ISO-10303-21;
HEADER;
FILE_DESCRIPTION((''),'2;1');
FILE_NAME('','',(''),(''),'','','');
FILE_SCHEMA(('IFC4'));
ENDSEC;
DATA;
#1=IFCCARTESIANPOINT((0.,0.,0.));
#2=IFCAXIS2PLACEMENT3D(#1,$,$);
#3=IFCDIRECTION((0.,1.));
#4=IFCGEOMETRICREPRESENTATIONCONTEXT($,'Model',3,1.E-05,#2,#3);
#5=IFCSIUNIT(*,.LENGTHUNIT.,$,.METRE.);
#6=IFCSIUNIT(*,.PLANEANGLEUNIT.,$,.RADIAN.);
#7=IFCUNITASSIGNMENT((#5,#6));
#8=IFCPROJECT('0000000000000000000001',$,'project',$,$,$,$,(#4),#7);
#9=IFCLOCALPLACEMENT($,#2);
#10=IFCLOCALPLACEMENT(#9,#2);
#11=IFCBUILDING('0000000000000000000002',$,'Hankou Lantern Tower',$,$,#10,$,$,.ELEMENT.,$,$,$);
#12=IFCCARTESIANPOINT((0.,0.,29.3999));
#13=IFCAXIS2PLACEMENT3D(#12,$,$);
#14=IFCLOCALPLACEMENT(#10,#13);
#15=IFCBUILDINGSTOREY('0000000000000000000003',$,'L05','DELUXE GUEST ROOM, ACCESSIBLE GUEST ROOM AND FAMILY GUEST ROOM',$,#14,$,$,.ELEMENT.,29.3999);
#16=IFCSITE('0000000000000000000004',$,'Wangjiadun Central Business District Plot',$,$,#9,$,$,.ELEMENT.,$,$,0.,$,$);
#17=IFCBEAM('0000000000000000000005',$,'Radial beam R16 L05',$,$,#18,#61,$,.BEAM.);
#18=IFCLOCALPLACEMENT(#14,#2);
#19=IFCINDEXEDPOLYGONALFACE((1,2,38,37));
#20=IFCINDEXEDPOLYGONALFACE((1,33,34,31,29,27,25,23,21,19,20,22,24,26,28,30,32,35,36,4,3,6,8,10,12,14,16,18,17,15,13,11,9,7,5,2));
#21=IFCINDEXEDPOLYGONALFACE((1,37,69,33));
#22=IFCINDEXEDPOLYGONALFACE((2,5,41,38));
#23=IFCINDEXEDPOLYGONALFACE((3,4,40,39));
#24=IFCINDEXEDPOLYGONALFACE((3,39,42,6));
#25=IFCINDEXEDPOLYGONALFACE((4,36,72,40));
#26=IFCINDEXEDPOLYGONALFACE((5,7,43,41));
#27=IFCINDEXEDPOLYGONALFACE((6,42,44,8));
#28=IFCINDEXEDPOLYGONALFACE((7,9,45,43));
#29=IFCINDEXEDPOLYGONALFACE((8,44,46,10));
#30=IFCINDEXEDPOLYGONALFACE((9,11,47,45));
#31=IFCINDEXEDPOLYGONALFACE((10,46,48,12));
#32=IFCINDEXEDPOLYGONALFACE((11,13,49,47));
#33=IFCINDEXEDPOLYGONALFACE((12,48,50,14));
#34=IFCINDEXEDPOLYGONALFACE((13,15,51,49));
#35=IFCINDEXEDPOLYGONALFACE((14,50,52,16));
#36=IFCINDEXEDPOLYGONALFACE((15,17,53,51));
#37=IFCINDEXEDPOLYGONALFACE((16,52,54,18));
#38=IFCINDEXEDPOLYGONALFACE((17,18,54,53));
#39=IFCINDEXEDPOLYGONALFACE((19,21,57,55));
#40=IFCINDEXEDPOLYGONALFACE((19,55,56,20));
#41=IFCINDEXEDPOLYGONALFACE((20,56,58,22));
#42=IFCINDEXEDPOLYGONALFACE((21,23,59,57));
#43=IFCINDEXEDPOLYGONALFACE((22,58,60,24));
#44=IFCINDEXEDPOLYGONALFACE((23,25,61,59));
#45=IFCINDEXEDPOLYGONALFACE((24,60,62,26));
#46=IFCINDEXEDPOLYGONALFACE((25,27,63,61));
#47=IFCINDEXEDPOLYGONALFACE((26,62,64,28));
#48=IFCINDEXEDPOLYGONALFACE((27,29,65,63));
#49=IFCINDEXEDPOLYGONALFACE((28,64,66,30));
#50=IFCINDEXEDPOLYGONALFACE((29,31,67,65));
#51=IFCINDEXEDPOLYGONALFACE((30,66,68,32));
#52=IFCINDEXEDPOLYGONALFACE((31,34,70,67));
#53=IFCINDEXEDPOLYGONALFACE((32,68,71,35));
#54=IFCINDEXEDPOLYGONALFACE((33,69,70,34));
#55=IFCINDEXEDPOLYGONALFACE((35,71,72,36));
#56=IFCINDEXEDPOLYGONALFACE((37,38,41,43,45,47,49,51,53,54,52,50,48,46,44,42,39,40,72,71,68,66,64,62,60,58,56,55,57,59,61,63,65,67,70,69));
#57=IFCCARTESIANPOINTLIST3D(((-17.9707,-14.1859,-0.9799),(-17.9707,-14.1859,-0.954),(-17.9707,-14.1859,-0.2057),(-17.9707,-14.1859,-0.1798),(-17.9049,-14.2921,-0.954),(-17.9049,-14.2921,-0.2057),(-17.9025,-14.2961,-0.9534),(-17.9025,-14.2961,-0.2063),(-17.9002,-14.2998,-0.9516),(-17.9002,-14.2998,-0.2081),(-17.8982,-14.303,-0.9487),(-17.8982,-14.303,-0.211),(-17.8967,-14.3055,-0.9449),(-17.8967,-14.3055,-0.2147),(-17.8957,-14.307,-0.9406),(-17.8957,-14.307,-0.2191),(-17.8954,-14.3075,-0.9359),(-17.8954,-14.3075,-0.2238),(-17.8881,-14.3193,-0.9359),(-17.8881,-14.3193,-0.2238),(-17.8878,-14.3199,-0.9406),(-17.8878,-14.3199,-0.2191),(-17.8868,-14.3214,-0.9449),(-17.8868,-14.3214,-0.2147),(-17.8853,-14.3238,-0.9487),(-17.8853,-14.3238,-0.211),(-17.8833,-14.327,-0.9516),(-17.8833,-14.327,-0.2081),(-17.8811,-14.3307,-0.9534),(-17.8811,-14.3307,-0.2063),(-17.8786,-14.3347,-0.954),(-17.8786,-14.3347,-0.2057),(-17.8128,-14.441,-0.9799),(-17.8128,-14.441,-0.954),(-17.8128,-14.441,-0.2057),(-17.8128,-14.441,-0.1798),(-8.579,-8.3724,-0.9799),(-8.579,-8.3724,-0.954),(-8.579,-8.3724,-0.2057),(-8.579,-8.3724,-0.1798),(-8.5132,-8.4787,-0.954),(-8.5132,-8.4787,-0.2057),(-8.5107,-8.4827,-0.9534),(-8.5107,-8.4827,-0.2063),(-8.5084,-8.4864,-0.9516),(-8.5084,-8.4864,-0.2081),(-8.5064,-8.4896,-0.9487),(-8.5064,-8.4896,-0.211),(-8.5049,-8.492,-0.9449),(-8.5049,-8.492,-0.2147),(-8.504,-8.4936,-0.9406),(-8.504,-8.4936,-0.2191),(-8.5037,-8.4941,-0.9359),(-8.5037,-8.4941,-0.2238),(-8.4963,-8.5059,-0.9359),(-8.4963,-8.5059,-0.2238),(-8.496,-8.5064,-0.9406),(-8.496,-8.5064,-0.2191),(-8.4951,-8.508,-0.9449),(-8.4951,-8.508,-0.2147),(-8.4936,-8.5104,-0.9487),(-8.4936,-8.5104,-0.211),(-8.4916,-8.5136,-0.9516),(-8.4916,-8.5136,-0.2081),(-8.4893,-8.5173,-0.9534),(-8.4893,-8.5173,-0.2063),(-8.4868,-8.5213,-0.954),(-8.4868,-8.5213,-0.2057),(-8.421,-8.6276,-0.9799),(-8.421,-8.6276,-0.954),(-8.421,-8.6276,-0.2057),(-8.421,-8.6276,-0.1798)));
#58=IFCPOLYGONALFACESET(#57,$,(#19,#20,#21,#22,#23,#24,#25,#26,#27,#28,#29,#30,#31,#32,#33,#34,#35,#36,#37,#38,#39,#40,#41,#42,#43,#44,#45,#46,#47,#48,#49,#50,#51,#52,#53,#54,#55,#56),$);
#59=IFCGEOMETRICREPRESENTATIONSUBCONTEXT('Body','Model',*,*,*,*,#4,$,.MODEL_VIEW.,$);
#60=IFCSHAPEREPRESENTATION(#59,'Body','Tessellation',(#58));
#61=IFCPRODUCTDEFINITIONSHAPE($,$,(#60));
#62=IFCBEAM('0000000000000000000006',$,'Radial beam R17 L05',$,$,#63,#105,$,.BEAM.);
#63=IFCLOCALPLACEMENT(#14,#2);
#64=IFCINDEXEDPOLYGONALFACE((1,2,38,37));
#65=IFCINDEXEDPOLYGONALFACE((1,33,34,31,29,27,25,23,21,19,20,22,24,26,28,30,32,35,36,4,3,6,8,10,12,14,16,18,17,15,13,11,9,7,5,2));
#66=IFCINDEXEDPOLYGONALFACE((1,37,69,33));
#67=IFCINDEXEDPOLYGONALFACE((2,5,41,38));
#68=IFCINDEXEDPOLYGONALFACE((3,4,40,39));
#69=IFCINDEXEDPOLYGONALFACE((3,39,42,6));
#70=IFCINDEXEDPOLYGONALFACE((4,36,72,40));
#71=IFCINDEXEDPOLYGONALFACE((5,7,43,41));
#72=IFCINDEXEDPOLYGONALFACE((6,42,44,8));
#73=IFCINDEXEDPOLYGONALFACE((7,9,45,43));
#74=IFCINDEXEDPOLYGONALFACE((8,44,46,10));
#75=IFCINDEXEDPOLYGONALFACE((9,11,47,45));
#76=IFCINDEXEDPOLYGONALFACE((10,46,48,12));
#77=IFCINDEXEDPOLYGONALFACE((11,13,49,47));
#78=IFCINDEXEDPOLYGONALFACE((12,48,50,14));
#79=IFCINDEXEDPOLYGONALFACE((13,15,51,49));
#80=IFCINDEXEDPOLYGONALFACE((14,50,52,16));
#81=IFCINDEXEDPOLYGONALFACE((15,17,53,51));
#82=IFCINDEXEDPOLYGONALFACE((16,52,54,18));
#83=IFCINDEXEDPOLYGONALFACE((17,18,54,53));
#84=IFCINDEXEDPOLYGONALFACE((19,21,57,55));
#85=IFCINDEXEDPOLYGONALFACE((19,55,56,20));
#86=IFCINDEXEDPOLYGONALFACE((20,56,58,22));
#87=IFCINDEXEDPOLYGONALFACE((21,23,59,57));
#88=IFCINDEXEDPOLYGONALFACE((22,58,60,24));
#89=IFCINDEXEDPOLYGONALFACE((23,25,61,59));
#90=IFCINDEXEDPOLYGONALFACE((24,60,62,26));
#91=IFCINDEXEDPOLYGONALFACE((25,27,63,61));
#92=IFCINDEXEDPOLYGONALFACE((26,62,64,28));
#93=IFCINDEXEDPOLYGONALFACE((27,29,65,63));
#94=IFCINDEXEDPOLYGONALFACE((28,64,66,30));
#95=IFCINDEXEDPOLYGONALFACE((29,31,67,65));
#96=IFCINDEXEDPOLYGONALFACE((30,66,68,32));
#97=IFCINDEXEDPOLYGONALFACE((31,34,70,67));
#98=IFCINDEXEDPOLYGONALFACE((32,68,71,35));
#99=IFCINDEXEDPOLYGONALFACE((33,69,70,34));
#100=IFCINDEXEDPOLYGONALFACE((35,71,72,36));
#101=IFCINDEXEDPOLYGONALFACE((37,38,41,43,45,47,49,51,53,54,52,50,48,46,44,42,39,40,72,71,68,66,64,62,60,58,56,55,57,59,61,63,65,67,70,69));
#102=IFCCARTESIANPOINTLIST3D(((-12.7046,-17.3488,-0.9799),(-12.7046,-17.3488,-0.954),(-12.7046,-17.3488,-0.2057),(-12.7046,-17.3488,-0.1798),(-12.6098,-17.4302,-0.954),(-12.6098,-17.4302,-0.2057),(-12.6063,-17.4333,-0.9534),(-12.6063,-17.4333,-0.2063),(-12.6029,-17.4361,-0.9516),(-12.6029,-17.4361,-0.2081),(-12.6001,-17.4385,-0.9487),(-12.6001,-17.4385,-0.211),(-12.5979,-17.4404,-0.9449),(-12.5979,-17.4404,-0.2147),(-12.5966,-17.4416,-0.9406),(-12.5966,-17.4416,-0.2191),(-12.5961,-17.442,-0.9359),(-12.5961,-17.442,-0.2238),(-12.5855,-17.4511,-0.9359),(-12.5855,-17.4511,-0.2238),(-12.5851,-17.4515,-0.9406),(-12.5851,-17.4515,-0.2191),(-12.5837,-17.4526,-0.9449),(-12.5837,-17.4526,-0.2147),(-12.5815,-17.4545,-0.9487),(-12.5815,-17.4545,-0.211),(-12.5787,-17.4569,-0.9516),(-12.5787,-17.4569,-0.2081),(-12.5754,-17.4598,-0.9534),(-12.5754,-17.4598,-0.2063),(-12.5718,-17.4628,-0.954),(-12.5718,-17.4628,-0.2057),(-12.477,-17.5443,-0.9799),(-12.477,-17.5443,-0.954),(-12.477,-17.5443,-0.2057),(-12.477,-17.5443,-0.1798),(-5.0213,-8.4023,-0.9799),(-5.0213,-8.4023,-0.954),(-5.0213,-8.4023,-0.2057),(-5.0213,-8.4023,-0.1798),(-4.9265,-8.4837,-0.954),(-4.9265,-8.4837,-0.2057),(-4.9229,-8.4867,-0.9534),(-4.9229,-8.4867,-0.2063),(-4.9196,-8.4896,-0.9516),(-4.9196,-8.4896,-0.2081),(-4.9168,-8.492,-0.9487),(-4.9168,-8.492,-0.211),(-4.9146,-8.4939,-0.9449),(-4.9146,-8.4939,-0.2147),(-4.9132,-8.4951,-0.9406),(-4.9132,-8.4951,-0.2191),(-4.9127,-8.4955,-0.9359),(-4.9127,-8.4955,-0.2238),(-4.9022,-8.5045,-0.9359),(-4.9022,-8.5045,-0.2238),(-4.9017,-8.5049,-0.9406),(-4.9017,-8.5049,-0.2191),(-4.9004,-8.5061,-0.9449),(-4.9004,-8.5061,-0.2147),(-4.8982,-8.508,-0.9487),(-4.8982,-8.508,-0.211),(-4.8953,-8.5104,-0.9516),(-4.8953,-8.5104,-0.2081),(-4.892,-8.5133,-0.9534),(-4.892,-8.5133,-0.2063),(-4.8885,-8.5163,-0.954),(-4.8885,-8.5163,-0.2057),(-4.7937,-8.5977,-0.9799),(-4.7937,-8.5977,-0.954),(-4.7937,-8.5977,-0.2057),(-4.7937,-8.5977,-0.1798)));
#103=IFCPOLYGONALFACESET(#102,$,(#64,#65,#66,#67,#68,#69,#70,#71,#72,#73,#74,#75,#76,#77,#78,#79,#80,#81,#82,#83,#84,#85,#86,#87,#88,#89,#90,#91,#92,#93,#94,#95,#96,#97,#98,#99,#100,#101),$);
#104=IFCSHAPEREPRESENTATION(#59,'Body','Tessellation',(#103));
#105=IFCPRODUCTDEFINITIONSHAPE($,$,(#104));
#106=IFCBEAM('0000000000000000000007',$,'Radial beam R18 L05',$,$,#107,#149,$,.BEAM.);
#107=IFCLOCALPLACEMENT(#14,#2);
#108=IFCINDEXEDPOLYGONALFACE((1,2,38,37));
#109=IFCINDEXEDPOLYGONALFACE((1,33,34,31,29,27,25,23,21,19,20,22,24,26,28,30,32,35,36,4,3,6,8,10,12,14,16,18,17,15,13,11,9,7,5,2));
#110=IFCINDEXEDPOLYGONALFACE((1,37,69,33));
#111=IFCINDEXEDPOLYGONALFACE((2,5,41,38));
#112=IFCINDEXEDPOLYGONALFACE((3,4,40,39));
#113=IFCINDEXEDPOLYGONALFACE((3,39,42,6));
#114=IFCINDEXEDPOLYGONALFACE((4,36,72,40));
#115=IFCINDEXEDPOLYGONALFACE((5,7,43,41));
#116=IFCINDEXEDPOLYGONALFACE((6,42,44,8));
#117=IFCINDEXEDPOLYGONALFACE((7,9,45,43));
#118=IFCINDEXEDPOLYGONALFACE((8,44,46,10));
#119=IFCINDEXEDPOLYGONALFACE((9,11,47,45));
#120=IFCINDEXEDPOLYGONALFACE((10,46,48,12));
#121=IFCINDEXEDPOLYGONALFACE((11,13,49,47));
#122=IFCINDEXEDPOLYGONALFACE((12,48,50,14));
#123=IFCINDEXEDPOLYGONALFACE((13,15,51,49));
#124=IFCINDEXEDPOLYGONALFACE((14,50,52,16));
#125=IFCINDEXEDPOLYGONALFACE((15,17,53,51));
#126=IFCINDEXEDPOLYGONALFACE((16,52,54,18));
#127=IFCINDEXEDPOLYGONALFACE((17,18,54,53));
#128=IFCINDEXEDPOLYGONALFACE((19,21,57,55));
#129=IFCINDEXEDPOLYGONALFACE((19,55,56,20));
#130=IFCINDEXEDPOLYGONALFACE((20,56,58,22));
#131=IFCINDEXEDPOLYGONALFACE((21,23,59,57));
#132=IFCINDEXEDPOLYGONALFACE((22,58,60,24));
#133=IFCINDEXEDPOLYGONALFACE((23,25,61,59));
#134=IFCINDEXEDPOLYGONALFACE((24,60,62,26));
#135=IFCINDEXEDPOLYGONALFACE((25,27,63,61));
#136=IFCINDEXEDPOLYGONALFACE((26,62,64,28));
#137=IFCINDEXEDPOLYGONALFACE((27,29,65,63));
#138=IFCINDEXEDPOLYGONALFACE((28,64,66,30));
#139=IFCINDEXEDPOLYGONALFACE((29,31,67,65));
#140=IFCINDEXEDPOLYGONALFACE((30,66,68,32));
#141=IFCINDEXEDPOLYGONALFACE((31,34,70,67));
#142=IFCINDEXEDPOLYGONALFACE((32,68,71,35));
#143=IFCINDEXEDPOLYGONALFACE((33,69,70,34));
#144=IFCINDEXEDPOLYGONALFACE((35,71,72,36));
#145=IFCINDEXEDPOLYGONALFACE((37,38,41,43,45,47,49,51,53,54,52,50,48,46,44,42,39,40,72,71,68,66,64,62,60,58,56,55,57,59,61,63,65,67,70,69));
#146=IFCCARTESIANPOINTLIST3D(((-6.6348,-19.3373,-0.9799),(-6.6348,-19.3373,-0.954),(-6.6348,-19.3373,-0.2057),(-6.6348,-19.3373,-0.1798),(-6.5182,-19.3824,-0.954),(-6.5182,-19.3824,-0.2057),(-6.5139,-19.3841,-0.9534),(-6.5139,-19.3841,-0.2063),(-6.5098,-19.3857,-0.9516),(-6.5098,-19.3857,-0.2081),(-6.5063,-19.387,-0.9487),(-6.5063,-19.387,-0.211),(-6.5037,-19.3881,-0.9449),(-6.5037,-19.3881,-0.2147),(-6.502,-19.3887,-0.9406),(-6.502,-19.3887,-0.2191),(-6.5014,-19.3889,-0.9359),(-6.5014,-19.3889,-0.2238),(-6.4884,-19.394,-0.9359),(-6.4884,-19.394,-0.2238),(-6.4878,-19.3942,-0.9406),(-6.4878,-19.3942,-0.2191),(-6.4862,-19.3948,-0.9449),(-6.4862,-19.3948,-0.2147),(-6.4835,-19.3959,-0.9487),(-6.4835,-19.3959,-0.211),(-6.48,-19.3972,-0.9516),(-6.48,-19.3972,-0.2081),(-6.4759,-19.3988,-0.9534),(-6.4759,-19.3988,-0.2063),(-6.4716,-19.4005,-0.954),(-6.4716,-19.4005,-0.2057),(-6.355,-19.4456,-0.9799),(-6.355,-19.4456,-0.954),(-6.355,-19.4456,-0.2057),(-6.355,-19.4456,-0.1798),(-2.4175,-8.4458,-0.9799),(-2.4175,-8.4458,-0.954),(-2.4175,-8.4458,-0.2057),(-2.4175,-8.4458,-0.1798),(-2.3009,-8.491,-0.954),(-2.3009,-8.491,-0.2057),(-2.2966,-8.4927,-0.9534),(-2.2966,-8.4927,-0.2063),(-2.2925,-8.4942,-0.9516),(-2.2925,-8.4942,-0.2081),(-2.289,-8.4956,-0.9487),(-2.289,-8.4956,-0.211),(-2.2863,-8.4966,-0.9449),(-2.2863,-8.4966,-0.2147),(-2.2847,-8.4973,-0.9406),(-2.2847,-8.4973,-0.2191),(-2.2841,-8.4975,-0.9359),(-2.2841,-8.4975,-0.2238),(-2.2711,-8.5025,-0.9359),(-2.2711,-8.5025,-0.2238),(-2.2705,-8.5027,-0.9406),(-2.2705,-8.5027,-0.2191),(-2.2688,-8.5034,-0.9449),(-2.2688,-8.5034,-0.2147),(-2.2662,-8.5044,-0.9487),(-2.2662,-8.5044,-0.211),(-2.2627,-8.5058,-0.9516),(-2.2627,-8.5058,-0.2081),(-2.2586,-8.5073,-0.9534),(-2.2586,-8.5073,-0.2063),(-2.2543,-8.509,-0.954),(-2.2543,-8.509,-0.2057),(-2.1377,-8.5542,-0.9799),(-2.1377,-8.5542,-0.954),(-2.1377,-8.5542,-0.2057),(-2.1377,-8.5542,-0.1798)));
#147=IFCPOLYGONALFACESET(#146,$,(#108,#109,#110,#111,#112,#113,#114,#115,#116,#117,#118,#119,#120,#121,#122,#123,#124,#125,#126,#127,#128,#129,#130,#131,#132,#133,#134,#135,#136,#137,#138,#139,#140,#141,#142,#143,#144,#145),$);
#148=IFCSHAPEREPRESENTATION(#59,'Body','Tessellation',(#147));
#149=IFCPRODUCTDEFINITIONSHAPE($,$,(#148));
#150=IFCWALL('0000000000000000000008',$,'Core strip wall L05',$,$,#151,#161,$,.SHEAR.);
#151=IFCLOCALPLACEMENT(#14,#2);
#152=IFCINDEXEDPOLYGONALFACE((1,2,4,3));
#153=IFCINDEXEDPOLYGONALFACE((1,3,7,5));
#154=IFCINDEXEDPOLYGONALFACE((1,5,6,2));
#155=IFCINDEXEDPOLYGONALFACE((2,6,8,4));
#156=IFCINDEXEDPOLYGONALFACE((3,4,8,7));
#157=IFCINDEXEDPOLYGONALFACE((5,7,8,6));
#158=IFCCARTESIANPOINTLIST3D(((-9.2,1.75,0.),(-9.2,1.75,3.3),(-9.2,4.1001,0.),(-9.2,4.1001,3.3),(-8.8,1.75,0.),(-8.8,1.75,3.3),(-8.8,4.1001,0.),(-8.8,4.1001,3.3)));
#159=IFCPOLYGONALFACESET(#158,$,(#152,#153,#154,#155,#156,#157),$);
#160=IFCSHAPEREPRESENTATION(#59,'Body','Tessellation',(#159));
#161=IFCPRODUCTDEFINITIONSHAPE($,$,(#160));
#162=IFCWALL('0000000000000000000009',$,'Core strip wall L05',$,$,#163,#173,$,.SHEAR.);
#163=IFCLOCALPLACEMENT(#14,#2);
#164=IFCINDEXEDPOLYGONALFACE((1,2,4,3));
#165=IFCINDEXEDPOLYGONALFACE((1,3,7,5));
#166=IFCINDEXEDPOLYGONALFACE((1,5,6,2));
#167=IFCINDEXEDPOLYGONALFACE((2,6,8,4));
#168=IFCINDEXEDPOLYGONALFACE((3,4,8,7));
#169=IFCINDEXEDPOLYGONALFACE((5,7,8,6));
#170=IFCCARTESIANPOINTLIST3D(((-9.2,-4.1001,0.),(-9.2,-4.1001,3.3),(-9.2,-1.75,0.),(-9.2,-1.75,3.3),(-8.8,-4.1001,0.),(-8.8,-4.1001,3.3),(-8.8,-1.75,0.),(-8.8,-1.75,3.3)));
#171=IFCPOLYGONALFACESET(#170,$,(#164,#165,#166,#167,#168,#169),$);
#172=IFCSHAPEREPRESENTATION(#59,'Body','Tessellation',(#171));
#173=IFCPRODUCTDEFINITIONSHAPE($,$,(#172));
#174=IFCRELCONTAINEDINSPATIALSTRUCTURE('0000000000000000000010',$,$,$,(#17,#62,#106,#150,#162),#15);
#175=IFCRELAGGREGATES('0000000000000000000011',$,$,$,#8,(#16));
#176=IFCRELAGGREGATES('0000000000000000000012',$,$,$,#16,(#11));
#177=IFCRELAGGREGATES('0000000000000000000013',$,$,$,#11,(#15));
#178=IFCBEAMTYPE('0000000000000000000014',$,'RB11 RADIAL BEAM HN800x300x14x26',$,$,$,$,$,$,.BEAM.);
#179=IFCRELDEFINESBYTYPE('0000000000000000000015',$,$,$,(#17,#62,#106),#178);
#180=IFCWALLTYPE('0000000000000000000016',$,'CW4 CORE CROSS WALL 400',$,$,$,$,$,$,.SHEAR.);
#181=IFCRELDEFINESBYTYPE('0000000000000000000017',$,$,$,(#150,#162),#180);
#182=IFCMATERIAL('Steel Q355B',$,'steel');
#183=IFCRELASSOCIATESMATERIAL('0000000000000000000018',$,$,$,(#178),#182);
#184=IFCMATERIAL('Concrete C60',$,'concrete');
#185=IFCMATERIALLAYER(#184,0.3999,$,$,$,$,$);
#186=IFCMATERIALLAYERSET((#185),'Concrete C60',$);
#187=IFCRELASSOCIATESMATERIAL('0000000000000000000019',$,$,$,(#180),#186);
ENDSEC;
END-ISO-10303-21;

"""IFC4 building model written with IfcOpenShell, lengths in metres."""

from ifc_helpers import new_model, si_unit, direction, frame, frame_2d, origin, origin_2d, place, context, subcontext, project, spatial, rectangle, i_section, extrude, material, layer, layer_set, material_profile, profile_set, type_object, element, save


model = new_model("IFC4")

# Units and contexts
model_context = context("Model", 3, precision=1e-05, world=origin(), true_north=direction((0.0, 1.0)))
body_context = subcontext(model_context, "Body", "Model", "MODEL_VIEW")
ifc_project = project(units=[si_unit("LENGTHUNIT", "METRE"), si_unit("PLANEANGLEUNIT", "RADIAN")], contexts=[model_context])

# Site, building, storey
site_placement = place(None, origin())
site = spatial("IfcSite", under=ifc_project, at=site_placement, Name="Wangjiadun Central Business District Plot", CompositionType="ELEMENT", RefElevation=0.0)
building_placement = place(site_placement, origin())
building = spatial("IfcBuilding", under=site, at=building_placement, Name="Hankou Lantern Tower", CompositionType="ELEMENT")
storey_placement = place(building_placement, frame((0.0, 0.0, 29.3999)))
storey = spatial("IfcBuildingStorey", under=building, at=storey_placement, Name="L05", Description="DELUXE GUEST ROOM, ACCESSIBLE GUEST ROOM AND FAMILY GUEST ROOM", CompositionType="ELEMENT", Elevation=29.3999)

# Beams
ifc_material_1 = material(Name="Steel Q355B", Category="steel")
ifc_material_profile = material_profile(ifc_material_1, i_section(OverallWidth=0.3, OverallDepth=0.8, WebThickness=0.0139, FlangeThickness=0.0259, FilletRadius=0.0181, at=origin_2d()), Name="HN800x300x14x26")
ifc_profile_set = profile_set([ifc_material_profile], Name="Steel Q355B")
beam_type = type_object("IfcBeamType", Name="RB11 RADIAL BEAM HN800x300x14x26", PredefinedType="BEAM", material=ifc_profile_set)
beam_1_placement = place(storey_placement, frame((-8.5, -8.5, -0.5798), z_axis=(-0.850286, -0.52632, 0.0), x_axis=(0.52632, -0.850286, 0.0)))
element("IfcBeam", 1, at=beam_1_placement, inside=storey, type_object=beam_type, Name="Radial beam R16 L05", PredefinedType="BEAM", context=body_context, shape_type="SweptSolid", body=[
    extrude(i_section(OverallWidth=0.3, OverallDepth=0.8, WebThickness=0.0139, FlangeThickness=0.0259, FilletRadius=0.0181, at=origin_2d()), origin(), (0.0, 0.0, 1.0), 11.0454),
])
beam_2_placement = place(storey_placement, frame((-4.9075, -8.5, -0.5798), z_axis=(-0.651519, -0.758632, 0.0), x_axis=(0.758632, -0.651519, 0.0)))
element("IfcBeam", 2, at=beam_2_placement, inside=storey, type_object=beam_type, Name="Radial beam R17 L05", PredefinedType="BEAM", context=body_context, shape_type="SweptSolid", body=[
    extrude(i_section(OverallWidth=0.3, OverallDepth=0.8, WebThickness=0.0139, FlangeThickness=0.0259, FilletRadius=0.0181, at=origin_2d()), origin(), (0.0, 0.0, 1.0), 11.793),
])
beam_3_placement = place(storey_placement, frame((-2.2776, -8.5, -0.5798), z_axis=(-0.361089, -0.932531, 0.0), x_axis=(0.932531, -0.361089, 0.0)))
element("IfcBeam", 3, at=beam_3_placement, inside=storey, type_object=beam_type, Name="Radial beam R18 L05", PredefinedType="BEAM", context=body_context, shape_type="SweptSolid", body=[
    extrude(i_section(OverallWidth=0.3, OverallDepth=0.8, WebThickness=0.0139, FlangeThickness=0.0259, FilletRadius=0.0181, at=origin_2d()), origin(), (0.0, 0.0, 1.0), 11.6794),
])

# Walls
ifc_material_2 = material(Name="Concrete C60", Category="concrete")
ifc_layer_1 = layer(ifc_material_2, 0.3999)
ifc_layer_set_1 = layer_set([ifc_layer_1], Name="Concrete C60")
wall_type_1 = type_object("IfcWallType", Name="CW4 CORE CROSS WALL 400", PredefinedType="SHEAR", material=ifc_layer_set_1)
for number, where, z_axis, x_axis, name in (
    (4, (-9.0, 1.75, 0.0), (0.0, 0.0, 1.0), (0.0, 1.0, 0.0), "Core strip wall L05"),
    (5, (-9.0, -4.1001, 0.0), (0.0, 0.0, 1.0), (0.0, 1.0, 0.0), "Core strip wall L05"),
):
    element("IfcWall", number, at=place(storey_placement, frame(where, z_axis=z_axis, x_axis=x_axis)), inside=storey, type_object=wall_type_1, Name=name, PredefinedType="SHEAR", context=body_context, shape_type="SweptSolid", body=[
        extrude(rectangle(XDim=2.3501, YDim=0.3999, at=frame_2d((1.175, 0.0))), origin(), (0.0, 0.0, 1.0), 3.3),
    ])

save(model, "model.ifc")
